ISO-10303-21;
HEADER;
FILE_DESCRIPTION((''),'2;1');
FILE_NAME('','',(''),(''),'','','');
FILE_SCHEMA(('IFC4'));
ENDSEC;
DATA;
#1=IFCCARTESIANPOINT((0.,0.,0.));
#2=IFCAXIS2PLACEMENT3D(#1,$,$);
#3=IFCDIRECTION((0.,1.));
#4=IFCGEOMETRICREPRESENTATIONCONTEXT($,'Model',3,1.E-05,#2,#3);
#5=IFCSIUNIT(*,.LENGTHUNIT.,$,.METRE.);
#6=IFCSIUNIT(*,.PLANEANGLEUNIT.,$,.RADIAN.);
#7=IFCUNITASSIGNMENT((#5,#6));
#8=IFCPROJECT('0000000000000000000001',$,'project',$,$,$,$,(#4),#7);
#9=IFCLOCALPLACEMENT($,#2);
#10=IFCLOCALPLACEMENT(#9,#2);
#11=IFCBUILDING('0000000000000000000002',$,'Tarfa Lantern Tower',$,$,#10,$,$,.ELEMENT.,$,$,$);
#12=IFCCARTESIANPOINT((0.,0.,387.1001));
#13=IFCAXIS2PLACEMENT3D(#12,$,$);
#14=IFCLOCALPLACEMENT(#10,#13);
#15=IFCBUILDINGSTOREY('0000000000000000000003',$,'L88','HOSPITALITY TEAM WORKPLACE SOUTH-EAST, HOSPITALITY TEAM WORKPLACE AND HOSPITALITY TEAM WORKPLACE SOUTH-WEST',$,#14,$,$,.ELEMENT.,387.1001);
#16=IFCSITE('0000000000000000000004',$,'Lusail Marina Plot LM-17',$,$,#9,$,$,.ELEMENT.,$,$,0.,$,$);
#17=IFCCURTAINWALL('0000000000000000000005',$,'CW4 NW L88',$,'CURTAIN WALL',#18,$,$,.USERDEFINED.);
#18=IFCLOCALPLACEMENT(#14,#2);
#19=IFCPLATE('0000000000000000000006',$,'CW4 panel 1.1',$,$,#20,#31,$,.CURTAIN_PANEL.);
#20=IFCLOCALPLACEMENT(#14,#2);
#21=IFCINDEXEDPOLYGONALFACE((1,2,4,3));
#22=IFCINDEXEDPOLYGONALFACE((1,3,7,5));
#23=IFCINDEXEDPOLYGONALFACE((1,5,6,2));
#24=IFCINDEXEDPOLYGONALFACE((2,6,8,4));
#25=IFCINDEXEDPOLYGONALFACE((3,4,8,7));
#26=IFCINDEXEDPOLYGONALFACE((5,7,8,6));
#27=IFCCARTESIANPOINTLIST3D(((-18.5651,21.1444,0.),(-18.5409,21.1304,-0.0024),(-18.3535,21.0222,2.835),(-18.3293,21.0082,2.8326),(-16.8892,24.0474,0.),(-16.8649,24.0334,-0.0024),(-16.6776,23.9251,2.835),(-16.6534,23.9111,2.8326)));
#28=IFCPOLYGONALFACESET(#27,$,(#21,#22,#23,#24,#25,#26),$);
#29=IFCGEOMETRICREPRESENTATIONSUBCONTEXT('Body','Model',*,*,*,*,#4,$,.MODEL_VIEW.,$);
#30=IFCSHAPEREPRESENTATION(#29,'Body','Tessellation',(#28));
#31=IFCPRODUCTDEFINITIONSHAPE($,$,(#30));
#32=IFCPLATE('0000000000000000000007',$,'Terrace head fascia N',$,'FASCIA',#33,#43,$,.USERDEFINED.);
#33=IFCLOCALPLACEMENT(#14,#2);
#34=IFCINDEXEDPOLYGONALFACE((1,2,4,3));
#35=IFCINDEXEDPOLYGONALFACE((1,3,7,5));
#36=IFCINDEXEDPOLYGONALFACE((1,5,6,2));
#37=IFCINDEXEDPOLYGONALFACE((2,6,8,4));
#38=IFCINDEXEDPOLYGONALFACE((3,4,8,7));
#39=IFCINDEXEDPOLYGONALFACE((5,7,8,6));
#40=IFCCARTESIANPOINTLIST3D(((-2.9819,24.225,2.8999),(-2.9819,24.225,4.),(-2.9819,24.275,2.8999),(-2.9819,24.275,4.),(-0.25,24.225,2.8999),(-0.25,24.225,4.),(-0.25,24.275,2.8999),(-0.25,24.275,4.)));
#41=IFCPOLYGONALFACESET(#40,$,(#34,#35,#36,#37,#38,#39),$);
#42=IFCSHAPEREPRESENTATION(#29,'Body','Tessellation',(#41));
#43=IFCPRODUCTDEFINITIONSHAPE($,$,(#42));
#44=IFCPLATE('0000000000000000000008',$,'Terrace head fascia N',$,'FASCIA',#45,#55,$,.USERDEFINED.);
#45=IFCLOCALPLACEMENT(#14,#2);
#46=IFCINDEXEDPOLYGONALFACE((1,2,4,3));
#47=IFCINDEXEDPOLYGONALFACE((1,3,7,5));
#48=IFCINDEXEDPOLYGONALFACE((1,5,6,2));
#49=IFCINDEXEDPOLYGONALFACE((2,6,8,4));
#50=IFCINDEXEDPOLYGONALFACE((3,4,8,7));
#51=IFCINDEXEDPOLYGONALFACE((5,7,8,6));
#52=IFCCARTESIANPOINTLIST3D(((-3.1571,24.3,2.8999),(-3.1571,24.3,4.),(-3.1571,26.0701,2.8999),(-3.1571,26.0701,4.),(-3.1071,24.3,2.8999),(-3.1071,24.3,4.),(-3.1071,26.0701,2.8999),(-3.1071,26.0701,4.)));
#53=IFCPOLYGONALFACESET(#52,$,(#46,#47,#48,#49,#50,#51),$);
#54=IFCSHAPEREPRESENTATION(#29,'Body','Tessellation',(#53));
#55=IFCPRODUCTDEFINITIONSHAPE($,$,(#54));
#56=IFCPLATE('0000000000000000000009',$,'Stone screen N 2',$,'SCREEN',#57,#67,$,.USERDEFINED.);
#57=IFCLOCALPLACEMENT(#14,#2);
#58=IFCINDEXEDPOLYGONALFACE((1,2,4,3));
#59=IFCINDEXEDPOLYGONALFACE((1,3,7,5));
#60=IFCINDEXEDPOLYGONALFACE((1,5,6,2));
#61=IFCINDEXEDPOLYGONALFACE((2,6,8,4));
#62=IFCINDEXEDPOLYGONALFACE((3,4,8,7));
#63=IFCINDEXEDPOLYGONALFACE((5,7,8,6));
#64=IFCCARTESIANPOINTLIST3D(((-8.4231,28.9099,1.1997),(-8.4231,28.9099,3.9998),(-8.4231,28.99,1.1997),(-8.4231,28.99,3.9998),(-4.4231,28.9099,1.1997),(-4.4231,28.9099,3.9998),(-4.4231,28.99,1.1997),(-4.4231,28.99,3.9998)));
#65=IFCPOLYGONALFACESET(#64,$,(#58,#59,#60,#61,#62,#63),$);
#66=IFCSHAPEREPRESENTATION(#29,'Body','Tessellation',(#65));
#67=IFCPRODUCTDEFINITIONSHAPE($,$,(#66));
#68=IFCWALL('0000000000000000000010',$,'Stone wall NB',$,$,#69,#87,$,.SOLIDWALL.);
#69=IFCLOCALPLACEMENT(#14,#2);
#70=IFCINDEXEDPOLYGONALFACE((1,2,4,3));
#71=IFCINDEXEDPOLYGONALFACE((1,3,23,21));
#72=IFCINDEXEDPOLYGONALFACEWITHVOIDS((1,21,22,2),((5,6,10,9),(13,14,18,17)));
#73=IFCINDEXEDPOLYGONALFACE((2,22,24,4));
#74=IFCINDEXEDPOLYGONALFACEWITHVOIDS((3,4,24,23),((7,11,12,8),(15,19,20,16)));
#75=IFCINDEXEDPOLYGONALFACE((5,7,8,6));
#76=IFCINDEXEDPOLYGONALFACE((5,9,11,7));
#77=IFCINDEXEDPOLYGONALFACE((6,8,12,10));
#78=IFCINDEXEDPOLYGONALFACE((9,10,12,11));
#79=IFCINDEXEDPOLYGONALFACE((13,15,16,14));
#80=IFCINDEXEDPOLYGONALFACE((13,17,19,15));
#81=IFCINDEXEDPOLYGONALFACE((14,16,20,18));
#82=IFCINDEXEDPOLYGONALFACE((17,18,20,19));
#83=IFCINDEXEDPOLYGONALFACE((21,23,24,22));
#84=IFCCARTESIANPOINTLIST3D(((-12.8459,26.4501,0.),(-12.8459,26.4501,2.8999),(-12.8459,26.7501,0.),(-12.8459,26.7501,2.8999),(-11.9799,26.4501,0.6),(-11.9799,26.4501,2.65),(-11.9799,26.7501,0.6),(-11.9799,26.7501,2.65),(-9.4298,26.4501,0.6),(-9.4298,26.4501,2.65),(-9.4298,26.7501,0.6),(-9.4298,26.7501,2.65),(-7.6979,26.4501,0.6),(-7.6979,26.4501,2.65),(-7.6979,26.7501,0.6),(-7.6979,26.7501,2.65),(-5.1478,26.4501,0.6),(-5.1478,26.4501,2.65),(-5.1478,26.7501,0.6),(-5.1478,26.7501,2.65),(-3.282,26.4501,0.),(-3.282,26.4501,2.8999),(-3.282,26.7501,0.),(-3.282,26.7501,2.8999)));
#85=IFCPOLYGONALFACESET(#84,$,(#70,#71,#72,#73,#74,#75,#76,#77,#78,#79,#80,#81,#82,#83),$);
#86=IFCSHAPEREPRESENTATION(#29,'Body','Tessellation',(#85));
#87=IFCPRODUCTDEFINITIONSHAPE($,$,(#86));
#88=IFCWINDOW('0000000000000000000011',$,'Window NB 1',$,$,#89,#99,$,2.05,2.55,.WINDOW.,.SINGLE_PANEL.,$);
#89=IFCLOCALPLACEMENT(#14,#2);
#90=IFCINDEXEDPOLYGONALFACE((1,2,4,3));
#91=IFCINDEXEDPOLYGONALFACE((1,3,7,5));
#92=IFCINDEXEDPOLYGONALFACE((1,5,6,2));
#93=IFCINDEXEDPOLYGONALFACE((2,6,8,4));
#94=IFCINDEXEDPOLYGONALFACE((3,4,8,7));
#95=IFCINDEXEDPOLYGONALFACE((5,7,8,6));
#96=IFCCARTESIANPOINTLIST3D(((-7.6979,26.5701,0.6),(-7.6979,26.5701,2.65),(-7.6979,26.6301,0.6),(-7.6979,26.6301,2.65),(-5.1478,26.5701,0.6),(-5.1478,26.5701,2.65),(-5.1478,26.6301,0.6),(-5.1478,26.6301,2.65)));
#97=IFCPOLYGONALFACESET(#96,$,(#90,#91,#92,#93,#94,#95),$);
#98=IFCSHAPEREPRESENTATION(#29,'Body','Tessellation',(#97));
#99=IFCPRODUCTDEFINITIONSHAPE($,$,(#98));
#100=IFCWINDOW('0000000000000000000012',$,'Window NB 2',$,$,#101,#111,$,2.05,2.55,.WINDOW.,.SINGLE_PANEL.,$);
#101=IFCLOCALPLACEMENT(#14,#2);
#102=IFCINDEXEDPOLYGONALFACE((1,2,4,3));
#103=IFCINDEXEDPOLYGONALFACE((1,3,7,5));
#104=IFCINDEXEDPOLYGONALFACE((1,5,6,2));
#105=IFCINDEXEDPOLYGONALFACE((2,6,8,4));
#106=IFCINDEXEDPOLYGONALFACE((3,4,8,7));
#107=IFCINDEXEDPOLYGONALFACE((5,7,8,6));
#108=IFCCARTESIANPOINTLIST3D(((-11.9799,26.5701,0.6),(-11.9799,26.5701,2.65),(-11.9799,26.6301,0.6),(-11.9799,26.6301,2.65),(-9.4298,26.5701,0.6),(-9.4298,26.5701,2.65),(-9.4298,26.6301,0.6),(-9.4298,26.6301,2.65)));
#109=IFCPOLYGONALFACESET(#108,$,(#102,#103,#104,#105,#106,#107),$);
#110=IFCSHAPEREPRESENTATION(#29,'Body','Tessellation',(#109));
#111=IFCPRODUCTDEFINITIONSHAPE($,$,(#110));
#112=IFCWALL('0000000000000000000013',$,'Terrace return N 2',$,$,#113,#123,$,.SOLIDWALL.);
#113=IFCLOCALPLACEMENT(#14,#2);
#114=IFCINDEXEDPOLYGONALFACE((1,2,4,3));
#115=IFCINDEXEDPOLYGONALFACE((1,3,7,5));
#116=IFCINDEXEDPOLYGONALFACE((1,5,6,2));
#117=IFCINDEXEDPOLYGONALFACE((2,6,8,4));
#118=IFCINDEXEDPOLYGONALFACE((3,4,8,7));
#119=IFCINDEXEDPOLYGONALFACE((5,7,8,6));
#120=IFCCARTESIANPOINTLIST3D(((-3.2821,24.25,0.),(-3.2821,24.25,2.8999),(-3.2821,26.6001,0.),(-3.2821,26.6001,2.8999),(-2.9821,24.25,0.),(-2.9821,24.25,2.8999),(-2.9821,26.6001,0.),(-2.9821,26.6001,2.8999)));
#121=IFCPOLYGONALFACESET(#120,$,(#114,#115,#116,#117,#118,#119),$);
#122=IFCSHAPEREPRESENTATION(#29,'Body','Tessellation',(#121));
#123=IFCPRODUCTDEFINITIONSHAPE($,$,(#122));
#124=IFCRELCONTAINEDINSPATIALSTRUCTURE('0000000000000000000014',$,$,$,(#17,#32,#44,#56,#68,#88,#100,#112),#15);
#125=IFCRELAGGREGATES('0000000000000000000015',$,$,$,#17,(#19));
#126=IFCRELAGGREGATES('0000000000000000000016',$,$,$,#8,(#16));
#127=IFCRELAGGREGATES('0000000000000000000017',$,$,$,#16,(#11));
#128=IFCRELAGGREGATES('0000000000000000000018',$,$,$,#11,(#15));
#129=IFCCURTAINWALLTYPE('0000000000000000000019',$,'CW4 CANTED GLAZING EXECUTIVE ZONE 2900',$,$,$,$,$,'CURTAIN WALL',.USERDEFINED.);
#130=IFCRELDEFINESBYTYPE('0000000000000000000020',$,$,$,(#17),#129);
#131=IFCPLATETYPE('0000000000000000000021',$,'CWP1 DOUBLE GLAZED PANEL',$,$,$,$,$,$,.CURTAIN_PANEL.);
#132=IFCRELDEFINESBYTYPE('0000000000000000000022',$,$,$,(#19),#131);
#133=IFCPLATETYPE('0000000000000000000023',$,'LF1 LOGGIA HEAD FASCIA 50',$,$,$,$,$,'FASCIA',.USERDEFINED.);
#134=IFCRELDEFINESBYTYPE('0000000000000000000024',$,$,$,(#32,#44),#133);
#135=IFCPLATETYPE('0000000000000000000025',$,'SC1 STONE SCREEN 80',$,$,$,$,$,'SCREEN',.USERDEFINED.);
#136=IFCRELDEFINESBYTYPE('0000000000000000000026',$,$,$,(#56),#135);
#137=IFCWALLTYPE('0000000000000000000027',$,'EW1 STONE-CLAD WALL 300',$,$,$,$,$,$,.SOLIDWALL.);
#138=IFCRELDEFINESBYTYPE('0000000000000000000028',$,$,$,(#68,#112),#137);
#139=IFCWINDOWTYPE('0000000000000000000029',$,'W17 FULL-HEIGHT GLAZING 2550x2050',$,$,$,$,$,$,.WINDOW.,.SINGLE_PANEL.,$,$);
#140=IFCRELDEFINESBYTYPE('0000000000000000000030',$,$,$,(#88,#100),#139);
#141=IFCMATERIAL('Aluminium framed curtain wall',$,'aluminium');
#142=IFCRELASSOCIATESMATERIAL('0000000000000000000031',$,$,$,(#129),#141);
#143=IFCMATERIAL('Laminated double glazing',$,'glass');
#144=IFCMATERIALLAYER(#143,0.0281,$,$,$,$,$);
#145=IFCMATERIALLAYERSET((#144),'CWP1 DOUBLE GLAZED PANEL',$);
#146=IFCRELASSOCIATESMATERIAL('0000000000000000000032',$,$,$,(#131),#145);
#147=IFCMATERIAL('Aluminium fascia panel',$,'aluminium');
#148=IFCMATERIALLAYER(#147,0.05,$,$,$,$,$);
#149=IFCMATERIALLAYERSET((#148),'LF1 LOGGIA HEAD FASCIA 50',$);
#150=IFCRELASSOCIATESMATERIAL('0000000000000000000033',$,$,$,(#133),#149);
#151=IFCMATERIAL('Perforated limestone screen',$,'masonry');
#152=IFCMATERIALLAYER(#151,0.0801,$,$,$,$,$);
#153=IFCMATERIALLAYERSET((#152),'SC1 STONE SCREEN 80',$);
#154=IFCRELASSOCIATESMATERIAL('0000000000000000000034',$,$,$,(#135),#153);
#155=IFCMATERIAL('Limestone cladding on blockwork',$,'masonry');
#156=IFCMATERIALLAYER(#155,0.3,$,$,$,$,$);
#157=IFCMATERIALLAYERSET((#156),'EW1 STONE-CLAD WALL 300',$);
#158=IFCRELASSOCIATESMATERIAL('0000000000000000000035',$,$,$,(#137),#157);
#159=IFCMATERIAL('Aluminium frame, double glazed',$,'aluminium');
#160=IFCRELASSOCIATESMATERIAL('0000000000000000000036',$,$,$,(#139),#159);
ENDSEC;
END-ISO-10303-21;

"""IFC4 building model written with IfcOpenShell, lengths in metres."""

from ifc_helpers import new_model, si_unit, direction, frame, frame_2d, origin, origin_2d, place, context, subcontext, project, spatial, polyline, rectangle, outline, extrude, material, layer, layer_set, type_object, element, fill, aggregate, save


model = new_model("IFC4")

# Units and contexts
model_context = context("Model", 3, precision=1e-05, world=origin(), true_north=direction((0.0, 1.0)))
body_context = subcontext(model_context, "Body", "Model", "MODEL_VIEW")
ifc_project = project(units=[si_unit("LENGTHUNIT", "METRE"), si_unit("PLANEANGLEUNIT", "RADIAN")], contexts=[model_context])

# Site, building, storey
site_placement = place(None, origin())
site = spatial("IfcSite", under=ifc_project, at=site_placement, Name="Lusail Marina Plot LM-17", CompositionType="ELEMENT", RefElevation=0.0)
building_placement = place(site_placement, origin())
building = spatial("IfcBuilding", under=site, at=building_placement, Name="Tarfa Lantern Tower", CompositionType="ELEMENT")
storey_placement = place(building_placement, frame((0.0, 0.0, 387.1001)))
storey = spatial("IfcBuildingStorey", under=building, at=storey_placement, Name="L88", Description="HOSPITALITY TEAM WORKPLACE SOUTH-EAST, HOSPITALITY TEAM WORKPLACE AND HOSPITALITY TEAM WORKPLACE SOUTH-WEST", CompositionType="ELEMENT", Elevation=387.1001)

# Curtain wall
ifc_material_1 = material(Name="Aluminium framed curtain wall", Category="aluminium")
curtain_wall_type = type_object("IfcCurtainWallType", Name="CW4 CANTED GLAZING EXECUTIVE ZONE 2900", ElementType="CURTAIN WALL", PredefinedType="USERDEFINED", material=ifc_material_1)
curtain_wall_placement = place(storey_placement, origin())
curtain_wall = element("IfcCurtainWall", 1, at=curtain_wall_placement, inside=storey, type_object=curtain_wall_type, Name="CW4 NW L88", ObjectType="CURTAIN WALL", PredefinedType="USERDEFINED")

# Plate
ifc_material_2 = material(Name="Laminated double glazing", Category="glass")
ifc_layer_1 = layer(ifc_material_2, 0.0281)
ifc_layer_set_1 = layer_set([ifc_layer_1], Name="CWP1 DOUBLE GLAZED PANEL")
plate_type_1 = type_object("IfcPlateType", Name="CWP1 DOUBLE GLAZED PANEL", PredefinedType="CURTAIN_PANEL", material=ifc_layer_set_1)
plate_1_placement = place(storey_placement, frame((-16.8892, 24.0474, 0.0), z_axis=(-0.862843, 0.498127, 0.085857), x_axis=(-0.499973, -0.866041, 0.000004)))
plate_1 = element("IfcPlate", 2, at=plate_1_placement, type_object=plate_type_1, Name="CW4 panel 1.1", PredefinedType="CURTAIN_PANEL", context=body_context, shape_type="SweptSolid", body=[
    extrude(outline(polyline([(0.0, 0.0), (3.352, 0.0), (3.3521, 2.8455), (0.0001, 2.8455), (0.0, 0.0)])), origin(), (0.0, 0.0, -1.0), 0.0281),
])
aggregate(curtain_wall, [plate_1])

# Plates
ifc_material_3 = material(Name="Aluminium fascia panel", Category="aluminium")
ifc_layer_2 = layer(ifc_material_3, 0.05)
ifc_layer_set_2 = layer_set([ifc_layer_2], Name="LF1 LOGGIA HEAD FASCIA 50")
plate_type_2 = type_object("IfcPlateType", Name="LF1 LOGGIA HEAD FASCIA 50", ElementType="FASCIA", PredefinedType="USERDEFINED", material=ifc_layer_set_2)
plate_2_placement = place(storey_placement, frame((-1.616, 24.25, 2.8999), z_axis=(0.0, 0.0, 1.0), x_axis=(-1.0, 0.0, 0.0)))
element("IfcPlate", 3, at=plate_2_placement, inside=storey, type_object=plate_type_2, Name="Terrace head fascia N", ObjectType="FASCIA", PredefinedType="USERDEFINED", context=body_context, shape_type="SweptSolid", body=[
    extrude(rectangle(XDim=2.7319, YDim=0.05, at=origin_2d()), origin(), (0.0, 0.0, 1.0), 1.1001),
])
plate_3_placement = place(storey_placement, frame((-3.1321, 25.1851, 2.8999), z_axis=(0.0, 0.0, 1.0), x_axis=(0.0, -1.0, 0.0)))
element("IfcPlate", 4, at=plate_3_placement, inside=storey, type_object=plate_type_2, Name="Terrace head fascia N", ObjectType="FASCIA", PredefinedType="USERDEFINED", context=body_context, shape_type="SweptSolid", body=[
    extrude(rectangle(XDim=1.77, YDim=0.05, at=origin_2d()), origin(), (0.0, 0.0, 1.0), 1.1001),
])
ifc_material_4 = material(Name="Perforated limestone screen", Category="masonry")
ifc_layer_3 = layer(ifc_material_4, 0.0801)
ifc_layer_set_3 = layer_set([ifc_layer_3], Name="SC1 STONE SCREEN 80")
plate_type_3 = type_object("IfcPlateType", Name="SC1 STONE SCREEN 80", ElementType="SCREEN", PredefinedType="USERDEFINED", material=ifc_layer_set_3)
plate_4_placement = place(storey_placement, frame((-6.4231, 28.95, 1.1997), z_axis=(0.0, 0.0, 1.0), x_axis=(-1.0, 0.0, 0.0)))
element("IfcPlate", 5, at=plate_4_placement, inside=storey, type_object=plate_type_3, Name="Stone screen N 2", ObjectType="SCREEN", PredefinedType="USERDEFINED", context=body_context, shape_type="SweptSolid", body=[
    extrude(rectangle(XDim=4.0, YDim=0.0801, at=origin_2d()), origin(), (0.0, 0.0, 1.0), 2.8),
])

# Wall, openings, windows
ifc_material_5 = material(Name="Limestone cladding on blockwork", Category="masonry")
ifc_layer_4 = layer(ifc_material_5, 0.3)
ifc_layer_set_4 = layer_set([ifc_layer_4], Name="EW1 STONE-CLAD WALL 300")
wall_type = type_object("IfcWallType", Name="EW1 STONE-CLAD WALL 300", PredefinedType="SOLIDWALL", material=ifc_layer_set_4)
wall_1_placement = place(storey_placement, frame((-3.282, 26.6001, 0.0), z_axis=(0.0, 0.0, 1.0), x_axis=(-1.0, 0.0, 0.0)))
wall_1 = element("IfcWall", 6, at=wall_1_placement, inside=storey, type_object=wall_type, Name="Stone wall NB", PredefinedType="SOLIDWALL", context=body_context, shape_type="SweptSolid", body=[
    extrude(rectangle(XDim=9.564, YDim=0.3, at=frame_2d((4.782, 0.0))), origin(), (0.0, 0.0, 1.0), 2.8999),
])
opening_1_placement = place(wall_1_placement, frame((1.866, 0.0, 0.6001)))
opening_1 = element("IfcOpeningElement", 7, at=opening_1_placement, cuts=wall_1, PredefinedType="OPENING", context=body_context, shape_type="SweptSolid", body=[
    extrude(rectangle(XDim=2.55, YDim=2.05, at=frame_2d((1.2749, 1.0249))), frame((0.0, 0.1599, 0.0), z_axis=(0.0, -1.0, 0.0), x_axis=(1.0, 0.0, 0.0)), (0.0, 0.0, 1.0), 0.3201),
])
opening_2_placement = place(wall_1_placement, frame((6.1479, 0.0, 0.6001)))
opening_2 = element("IfcOpeningElement", 8, at=opening_2_placement, cuts=wall_1, PredefinedType="OPENING", context=body_context, shape_type="SweptSolid", body=[
    extrude(rectangle(XDim=2.55, YDim=2.05, at=frame_2d((1.2749, 1.0249))), frame((0.0, 0.1599, 0.0), z_axis=(0.0, -1.0, 0.0), x_axis=(1.0, 0.0, 0.0)), (0.0, 0.0, 1.0), 0.3201),
])
ifc_material_6 = material(Name="Aluminium frame, double glazed", Category="aluminium")
window_type = type_object("IfcWindowType", Name="W17 FULL-HEIGHT GLAZING 2550x2050", PartitioningType="SINGLE_PANEL", PredefinedType="WINDOW", material=ifc_material_6)
window_1_placement = place(opening_1_placement, origin())
window_1 = element("IfcWindow", 9, at=window_1_placement, inside=storey, type_object=window_type, Name="Window NB 1", OverallHeight=2.05, OverallWidth=2.55, PartitioningType="SINGLE_PANEL", PredefinedType="WINDOW", context=body_context, shape_type="SweptSolid", body=[
    extrude(rectangle(XDim=2.55, YDim=2.05, at=frame_2d((1.2749, 1.0249))), frame((0.0, 0.03, 0.0), z_axis=(0.0, -1.0, 0.0), x_axis=(1.0, 0.0, 0.0)), (0.0, 0.0, 1.0), 0.0601),
])
fill(opening_1, window_1)
window_2_placement = place(opening_2_placement, origin())
window_2 = element("IfcWindow", 10, at=window_2_placement, inside=storey, type_object=window_type, Name="Window NB 2", OverallHeight=2.05, OverallWidth=2.55, PartitioningType="SINGLE_PANEL", PredefinedType="WINDOW", context=body_context, shape_type="SweptSolid", body=[
    extrude(rectangle(XDim=2.55, YDim=2.05, at=frame_2d((1.2749, 1.0249))), frame((0.0, 0.03, 0.0), z_axis=(0.0, -1.0, 0.0), x_axis=(1.0, 0.0, 0.0)), (0.0, 0.0, 1.0), 0.0601),
])
fill(opening_2, window_2)

# Wall
wall_2_placement = place(storey_placement, frame((-3.1321, 26.6001, 0.0), z_axis=(0.0, 0.0, 1.0), x_axis=(0.0, -1.0, 0.0)))
element("IfcWall", 11, at=wall_2_placement, inside=storey, type_object=wall_type, Name="Terrace return N 2", PredefinedType="SOLIDWALL", context=body_context, shape_type="SweptSolid", body=[
    extrude(rectangle(XDim=2.3501, YDim=0.3, at=frame_2d((1.175, 0.0))), origin(), (0.0, 0.0, 1.0), 2.8999),
])

save(model, "model.ifc")
